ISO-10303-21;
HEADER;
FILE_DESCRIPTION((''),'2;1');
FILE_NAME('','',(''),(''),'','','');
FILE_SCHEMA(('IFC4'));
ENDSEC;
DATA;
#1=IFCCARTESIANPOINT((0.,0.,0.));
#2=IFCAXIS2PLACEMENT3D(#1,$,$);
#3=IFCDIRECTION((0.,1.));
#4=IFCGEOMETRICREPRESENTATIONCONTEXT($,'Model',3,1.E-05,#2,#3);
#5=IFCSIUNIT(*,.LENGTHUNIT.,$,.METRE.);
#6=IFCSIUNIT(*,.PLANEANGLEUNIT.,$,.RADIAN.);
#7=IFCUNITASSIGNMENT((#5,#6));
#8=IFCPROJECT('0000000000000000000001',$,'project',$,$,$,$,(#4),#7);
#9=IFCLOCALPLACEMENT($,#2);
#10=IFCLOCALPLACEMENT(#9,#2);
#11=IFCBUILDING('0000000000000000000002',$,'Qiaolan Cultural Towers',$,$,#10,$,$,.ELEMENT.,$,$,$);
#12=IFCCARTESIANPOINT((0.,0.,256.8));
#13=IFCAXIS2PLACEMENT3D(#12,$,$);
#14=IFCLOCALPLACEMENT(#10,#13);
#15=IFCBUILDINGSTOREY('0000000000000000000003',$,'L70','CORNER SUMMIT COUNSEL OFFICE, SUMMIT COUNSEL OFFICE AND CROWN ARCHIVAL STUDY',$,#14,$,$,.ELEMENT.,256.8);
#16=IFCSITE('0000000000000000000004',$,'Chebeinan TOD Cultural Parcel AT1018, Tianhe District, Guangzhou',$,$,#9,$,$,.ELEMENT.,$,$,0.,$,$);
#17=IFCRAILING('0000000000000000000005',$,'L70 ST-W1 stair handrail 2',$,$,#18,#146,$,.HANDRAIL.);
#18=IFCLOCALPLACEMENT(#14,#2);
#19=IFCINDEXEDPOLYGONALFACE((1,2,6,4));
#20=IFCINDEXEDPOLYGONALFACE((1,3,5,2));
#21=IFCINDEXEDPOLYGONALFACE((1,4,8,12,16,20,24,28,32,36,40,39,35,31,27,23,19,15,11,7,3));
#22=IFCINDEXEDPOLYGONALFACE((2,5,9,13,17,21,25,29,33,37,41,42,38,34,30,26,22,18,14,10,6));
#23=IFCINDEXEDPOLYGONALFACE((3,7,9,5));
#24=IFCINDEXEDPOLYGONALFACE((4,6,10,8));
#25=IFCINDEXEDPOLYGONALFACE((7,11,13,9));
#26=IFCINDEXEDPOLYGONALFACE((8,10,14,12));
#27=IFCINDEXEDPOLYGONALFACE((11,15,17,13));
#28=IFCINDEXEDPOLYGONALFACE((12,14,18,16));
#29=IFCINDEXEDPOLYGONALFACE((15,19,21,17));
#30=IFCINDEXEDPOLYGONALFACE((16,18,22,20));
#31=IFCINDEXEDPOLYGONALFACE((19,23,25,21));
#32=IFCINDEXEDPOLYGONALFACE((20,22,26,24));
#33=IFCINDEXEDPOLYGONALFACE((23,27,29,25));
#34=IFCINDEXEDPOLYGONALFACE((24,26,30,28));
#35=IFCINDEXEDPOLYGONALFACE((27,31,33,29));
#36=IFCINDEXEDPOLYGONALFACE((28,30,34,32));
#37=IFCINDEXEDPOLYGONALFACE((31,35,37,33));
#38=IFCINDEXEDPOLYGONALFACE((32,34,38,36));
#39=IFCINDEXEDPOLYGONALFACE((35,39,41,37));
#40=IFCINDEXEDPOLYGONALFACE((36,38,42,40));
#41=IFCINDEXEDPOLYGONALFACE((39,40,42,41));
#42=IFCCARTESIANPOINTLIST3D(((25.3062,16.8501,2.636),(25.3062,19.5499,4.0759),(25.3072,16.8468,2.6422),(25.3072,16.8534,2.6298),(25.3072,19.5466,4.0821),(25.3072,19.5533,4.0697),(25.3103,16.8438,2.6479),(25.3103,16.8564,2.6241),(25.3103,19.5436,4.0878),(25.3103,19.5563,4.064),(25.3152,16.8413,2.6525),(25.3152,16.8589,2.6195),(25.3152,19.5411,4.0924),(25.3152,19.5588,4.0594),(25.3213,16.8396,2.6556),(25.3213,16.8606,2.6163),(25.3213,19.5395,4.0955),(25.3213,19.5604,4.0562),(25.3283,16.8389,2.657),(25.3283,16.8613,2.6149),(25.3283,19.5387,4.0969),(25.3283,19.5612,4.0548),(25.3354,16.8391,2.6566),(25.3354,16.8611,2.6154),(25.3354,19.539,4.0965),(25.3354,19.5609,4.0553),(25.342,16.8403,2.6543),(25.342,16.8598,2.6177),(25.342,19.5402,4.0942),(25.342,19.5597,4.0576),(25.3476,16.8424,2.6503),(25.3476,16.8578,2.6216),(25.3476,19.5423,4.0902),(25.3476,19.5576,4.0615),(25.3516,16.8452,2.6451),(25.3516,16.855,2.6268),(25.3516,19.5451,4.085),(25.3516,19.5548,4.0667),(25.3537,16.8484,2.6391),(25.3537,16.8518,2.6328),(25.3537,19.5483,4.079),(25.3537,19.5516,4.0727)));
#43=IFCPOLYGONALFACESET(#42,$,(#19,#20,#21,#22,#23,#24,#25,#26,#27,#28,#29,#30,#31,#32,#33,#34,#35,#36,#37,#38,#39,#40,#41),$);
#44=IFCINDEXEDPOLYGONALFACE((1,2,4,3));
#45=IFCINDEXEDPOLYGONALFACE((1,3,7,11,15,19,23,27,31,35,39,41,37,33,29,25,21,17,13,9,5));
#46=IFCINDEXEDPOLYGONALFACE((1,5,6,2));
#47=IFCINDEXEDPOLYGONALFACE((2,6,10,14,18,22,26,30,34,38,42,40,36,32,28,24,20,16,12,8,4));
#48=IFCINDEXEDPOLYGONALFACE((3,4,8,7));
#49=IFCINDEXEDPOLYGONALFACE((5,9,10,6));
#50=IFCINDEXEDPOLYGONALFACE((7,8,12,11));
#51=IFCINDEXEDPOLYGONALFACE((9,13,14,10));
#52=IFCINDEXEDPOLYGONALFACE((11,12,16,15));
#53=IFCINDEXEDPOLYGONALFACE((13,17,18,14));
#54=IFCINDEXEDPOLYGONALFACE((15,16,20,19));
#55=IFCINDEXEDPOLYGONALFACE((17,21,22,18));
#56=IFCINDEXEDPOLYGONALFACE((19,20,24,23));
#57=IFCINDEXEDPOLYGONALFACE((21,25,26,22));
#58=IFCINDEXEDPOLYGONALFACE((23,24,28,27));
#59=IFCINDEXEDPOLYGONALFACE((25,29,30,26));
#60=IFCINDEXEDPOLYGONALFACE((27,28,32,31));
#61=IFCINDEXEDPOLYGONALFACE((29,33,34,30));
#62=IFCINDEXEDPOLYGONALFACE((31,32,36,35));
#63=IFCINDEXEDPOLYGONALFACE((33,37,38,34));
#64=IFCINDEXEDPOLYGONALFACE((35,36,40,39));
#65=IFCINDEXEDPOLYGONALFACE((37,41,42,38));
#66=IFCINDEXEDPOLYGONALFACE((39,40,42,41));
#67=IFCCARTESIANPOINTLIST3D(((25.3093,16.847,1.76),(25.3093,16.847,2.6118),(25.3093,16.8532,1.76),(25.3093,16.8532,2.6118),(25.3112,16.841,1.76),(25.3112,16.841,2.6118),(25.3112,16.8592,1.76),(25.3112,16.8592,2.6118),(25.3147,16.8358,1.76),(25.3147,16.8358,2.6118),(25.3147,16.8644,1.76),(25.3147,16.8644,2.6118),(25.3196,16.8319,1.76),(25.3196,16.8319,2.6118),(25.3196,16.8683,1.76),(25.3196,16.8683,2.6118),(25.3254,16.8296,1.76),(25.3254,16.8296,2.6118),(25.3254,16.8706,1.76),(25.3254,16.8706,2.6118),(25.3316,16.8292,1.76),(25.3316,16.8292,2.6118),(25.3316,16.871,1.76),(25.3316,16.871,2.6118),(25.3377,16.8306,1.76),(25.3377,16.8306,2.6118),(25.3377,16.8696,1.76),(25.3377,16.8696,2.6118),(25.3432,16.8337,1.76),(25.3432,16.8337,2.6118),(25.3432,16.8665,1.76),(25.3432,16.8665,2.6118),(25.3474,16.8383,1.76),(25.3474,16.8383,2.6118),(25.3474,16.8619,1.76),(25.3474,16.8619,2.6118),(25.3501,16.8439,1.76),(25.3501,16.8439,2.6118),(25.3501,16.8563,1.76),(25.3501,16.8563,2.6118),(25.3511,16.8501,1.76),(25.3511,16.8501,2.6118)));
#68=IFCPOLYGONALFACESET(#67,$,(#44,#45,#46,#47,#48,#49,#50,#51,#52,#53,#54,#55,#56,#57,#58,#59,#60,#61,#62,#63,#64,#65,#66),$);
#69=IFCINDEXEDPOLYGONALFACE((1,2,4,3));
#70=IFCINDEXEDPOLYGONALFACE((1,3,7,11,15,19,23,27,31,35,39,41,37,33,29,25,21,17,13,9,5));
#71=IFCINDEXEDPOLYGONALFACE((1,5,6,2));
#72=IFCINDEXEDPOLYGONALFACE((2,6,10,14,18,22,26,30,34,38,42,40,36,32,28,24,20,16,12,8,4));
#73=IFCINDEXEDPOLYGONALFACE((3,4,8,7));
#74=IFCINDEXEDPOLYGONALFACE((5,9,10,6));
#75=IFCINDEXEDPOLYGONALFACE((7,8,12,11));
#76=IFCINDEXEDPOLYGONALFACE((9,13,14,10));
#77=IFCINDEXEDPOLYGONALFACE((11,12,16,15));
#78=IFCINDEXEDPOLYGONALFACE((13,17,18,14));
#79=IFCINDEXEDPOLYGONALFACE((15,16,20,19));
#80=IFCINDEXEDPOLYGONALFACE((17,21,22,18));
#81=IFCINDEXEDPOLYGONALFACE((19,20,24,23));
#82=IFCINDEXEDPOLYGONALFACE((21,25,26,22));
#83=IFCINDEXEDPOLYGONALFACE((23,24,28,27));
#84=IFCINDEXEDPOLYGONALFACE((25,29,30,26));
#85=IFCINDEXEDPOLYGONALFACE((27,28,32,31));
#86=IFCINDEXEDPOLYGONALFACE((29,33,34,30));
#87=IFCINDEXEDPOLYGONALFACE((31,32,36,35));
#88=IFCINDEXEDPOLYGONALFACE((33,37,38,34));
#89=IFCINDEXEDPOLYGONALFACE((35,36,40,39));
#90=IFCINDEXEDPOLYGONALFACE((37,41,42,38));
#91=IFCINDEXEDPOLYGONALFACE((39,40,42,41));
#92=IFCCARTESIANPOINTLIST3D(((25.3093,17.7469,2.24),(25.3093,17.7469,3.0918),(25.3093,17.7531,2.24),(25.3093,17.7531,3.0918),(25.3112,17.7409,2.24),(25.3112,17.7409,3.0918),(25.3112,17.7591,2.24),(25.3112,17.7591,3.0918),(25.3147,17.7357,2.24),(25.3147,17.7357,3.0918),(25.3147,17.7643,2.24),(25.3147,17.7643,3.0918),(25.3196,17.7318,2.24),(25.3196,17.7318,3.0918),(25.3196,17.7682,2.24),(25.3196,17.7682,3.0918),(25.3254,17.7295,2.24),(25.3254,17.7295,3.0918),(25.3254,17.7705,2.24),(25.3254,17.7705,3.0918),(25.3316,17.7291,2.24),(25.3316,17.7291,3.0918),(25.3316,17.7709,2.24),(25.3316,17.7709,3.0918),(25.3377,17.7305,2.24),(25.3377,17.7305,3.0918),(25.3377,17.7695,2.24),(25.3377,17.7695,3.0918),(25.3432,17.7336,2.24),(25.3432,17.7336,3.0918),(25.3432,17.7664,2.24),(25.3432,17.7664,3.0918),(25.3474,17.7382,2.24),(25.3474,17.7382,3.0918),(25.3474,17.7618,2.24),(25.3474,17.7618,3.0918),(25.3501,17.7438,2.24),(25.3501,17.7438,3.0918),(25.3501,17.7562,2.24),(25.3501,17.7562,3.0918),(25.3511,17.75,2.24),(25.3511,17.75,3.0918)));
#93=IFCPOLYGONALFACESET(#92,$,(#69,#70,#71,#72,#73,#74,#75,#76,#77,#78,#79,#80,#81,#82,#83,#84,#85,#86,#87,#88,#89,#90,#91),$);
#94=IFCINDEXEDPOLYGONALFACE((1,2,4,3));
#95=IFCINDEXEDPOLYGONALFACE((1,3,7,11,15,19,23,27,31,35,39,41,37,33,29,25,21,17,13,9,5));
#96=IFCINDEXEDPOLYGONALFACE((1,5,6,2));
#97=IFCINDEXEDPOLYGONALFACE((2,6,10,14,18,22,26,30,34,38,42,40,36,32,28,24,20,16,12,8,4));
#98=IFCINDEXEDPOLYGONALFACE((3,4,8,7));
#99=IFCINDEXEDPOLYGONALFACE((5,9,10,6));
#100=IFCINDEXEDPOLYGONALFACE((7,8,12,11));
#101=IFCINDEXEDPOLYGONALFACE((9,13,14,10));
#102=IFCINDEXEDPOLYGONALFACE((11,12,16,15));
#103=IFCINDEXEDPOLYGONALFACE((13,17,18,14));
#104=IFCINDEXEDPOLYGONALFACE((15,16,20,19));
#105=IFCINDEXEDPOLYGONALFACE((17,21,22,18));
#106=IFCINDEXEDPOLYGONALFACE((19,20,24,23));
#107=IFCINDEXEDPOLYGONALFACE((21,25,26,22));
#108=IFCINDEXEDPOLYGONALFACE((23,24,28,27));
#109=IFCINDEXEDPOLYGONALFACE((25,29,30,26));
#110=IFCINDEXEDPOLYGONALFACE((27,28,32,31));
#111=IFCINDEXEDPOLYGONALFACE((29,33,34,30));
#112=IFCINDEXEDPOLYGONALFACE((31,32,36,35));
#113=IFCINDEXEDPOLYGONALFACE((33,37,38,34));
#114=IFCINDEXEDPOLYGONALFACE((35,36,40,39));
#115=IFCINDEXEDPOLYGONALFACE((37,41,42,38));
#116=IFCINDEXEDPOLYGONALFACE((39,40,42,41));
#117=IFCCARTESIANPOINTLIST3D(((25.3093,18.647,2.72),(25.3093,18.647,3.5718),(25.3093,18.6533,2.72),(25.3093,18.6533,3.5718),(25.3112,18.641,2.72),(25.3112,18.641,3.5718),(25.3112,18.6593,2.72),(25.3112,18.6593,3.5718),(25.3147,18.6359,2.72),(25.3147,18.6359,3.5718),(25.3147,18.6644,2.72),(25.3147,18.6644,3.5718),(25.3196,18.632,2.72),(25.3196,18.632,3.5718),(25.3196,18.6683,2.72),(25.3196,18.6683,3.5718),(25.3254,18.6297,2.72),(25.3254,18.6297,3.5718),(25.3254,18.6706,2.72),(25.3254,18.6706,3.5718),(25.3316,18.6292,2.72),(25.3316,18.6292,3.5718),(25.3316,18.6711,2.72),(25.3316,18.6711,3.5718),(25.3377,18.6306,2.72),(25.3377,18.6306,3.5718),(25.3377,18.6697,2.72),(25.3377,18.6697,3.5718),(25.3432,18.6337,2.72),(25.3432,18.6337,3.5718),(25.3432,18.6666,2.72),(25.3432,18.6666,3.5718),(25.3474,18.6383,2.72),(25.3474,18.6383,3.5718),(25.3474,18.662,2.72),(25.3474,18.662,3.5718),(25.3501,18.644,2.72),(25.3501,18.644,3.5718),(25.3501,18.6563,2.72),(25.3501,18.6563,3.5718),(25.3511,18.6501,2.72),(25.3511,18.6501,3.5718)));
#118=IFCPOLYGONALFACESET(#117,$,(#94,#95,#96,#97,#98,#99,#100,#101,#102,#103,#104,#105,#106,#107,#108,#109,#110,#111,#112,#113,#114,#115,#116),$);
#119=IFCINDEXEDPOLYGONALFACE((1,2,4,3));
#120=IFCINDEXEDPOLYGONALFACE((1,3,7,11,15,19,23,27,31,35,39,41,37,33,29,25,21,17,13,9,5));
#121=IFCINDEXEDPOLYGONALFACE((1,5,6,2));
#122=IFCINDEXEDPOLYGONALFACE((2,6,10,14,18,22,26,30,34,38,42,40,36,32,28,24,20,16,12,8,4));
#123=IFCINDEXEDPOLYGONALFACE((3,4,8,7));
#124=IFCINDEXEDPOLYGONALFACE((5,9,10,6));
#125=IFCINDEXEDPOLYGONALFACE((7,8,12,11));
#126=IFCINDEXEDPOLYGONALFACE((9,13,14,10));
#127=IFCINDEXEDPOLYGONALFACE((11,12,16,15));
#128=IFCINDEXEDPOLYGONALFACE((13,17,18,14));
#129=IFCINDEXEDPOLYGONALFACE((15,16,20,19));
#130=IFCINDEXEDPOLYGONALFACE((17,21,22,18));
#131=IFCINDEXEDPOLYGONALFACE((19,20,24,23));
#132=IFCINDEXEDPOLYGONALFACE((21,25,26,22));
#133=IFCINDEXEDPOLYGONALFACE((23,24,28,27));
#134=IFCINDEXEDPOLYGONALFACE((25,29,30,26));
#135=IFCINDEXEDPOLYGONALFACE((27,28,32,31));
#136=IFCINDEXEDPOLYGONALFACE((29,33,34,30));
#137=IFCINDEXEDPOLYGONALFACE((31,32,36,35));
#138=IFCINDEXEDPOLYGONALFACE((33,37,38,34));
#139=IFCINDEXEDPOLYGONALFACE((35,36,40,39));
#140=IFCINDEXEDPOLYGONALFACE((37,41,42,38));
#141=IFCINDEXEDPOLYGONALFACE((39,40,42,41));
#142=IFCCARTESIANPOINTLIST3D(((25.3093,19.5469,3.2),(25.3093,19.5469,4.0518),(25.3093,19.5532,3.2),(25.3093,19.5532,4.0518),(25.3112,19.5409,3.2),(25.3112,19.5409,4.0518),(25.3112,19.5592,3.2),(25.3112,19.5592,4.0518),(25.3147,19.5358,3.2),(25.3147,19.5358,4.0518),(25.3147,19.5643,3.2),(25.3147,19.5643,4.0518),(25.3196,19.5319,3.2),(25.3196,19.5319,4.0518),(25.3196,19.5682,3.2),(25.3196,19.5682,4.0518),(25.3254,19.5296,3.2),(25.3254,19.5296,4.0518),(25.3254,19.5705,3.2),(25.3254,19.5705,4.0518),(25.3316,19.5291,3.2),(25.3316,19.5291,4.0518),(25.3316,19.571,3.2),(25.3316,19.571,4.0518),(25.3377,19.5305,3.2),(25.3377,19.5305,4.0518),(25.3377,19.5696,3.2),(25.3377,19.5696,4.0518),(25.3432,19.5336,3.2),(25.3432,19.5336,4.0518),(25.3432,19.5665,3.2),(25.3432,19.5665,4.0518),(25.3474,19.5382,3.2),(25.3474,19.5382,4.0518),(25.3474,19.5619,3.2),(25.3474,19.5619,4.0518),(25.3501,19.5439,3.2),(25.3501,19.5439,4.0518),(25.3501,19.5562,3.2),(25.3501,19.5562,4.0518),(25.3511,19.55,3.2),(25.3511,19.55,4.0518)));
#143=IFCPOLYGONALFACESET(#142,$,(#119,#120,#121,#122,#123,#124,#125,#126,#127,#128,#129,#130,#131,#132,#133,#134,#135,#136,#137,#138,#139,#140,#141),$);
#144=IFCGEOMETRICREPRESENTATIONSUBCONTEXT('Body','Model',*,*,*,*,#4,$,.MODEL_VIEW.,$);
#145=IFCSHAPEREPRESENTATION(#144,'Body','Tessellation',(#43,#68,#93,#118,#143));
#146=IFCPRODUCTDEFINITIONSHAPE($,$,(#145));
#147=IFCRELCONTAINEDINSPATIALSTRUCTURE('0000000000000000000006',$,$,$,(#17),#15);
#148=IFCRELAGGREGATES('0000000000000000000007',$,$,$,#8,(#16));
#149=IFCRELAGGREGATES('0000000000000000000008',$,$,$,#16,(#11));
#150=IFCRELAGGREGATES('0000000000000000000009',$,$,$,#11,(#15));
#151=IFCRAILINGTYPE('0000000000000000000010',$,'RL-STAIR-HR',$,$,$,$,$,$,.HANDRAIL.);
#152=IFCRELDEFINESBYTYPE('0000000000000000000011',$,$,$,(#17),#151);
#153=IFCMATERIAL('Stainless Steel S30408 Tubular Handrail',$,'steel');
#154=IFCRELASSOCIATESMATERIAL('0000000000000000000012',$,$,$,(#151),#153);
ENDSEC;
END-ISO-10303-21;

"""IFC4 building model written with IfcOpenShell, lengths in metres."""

from ifc_helpers import new_model, si_unit, direction, frame, origin, origin_2d, place, context, subcontext, project, spatial, circle, extrude, material, type_object, element, save


model = new_model("IFC4")

# Units and contexts
model_context = context("Model", 3, precision=1e-05, world=origin(), true_north=direction((0.0, 1.0)))
body_context = subcontext(model_context, "Body", "Model", "MODEL_VIEW")
ifc_project = project(units=[si_unit("LENGTHUNIT", "METRE"), si_unit("PLANEANGLEUNIT", "RADIAN")], contexts=[model_context])

# Site, building, storey
site_placement = place(None, origin())
site = spatial("IfcSite", under=ifc_project, at=site_placement, Name="Chebeinan TOD Cultural Parcel AT1018, Tianhe District, Guangzhou", CompositionType="ELEMENT", RefElevation=0.0)
building_placement = place(site_placement, origin())
building = spatial("IfcBuilding", under=site, at=building_placement, Name="Qiaolan Cultural Towers", CompositionType="ELEMENT")
storey_placement = place(building_placement, frame((0.0, 0.0, 256.8)))
storey = spatial("IfcBuildingStorey", under=building, at=storey_placement, Name="L70", Description="CORNER SUMMIT COUNSEL OFFICE, SUMMIT COUNSEL OFFICE AND CROWN ARCHIVAL STUDY", CompositionType="ELEMENT", Elevation=256.8)

# Railing
ifc_material_1 = material(Name="Stainless Steel S30408 Tubular Handrail", Category="steel")
railing_type = type_object("IfcRailingType", Name="RL-STAIR-HR", PredefinedType="HANDRAIL", material=ifc_material_1)
railing_placement = place(storey_placement, frame((25.3301, 16.8501, 1.76)))
element("IfcRailing", 1, at=railing_placement, inside=storey, type_object=railing_type, Name="L70 ST-W1 stair handrail 2", PredefinedType="HANDRAIL", context=body_context, shape_type="SweptSolid", body=[
    extrude(circle(Radius=0.0239, at=origin_2d()), frame((0.0, 0.0, 0.876), z_axis=(0.0, 0.882357, 0.47058), x_axis=(-1.0, 0.0, 0.0)), (0.0, 0.0, 1.0), 3.0598),
    extrude(circle(Radius=0.021, at=origin_2d()), origin(), (0.0, 0.0, 1.0), 0.8518),
    extrude(circle(Radius=0.021, at=origin_2d()), frame((0.0, 0.8999, 0.48)), (0.0, 0.0, 1.0), 0.8518),
    extrude(circle(Radius=0.021, at=origin_2d()), frame((0.0, 1.8, 0.96)), (0.0, 0.0, 1.0), 0.8518),
    extrude(circle(Radius=0.021, at=origin_2d()), frame((0.0, 2.7, 1.4399)), (0.0, 0.0, 1.0), 0.8518),
])

save(model, "model.ifc")
